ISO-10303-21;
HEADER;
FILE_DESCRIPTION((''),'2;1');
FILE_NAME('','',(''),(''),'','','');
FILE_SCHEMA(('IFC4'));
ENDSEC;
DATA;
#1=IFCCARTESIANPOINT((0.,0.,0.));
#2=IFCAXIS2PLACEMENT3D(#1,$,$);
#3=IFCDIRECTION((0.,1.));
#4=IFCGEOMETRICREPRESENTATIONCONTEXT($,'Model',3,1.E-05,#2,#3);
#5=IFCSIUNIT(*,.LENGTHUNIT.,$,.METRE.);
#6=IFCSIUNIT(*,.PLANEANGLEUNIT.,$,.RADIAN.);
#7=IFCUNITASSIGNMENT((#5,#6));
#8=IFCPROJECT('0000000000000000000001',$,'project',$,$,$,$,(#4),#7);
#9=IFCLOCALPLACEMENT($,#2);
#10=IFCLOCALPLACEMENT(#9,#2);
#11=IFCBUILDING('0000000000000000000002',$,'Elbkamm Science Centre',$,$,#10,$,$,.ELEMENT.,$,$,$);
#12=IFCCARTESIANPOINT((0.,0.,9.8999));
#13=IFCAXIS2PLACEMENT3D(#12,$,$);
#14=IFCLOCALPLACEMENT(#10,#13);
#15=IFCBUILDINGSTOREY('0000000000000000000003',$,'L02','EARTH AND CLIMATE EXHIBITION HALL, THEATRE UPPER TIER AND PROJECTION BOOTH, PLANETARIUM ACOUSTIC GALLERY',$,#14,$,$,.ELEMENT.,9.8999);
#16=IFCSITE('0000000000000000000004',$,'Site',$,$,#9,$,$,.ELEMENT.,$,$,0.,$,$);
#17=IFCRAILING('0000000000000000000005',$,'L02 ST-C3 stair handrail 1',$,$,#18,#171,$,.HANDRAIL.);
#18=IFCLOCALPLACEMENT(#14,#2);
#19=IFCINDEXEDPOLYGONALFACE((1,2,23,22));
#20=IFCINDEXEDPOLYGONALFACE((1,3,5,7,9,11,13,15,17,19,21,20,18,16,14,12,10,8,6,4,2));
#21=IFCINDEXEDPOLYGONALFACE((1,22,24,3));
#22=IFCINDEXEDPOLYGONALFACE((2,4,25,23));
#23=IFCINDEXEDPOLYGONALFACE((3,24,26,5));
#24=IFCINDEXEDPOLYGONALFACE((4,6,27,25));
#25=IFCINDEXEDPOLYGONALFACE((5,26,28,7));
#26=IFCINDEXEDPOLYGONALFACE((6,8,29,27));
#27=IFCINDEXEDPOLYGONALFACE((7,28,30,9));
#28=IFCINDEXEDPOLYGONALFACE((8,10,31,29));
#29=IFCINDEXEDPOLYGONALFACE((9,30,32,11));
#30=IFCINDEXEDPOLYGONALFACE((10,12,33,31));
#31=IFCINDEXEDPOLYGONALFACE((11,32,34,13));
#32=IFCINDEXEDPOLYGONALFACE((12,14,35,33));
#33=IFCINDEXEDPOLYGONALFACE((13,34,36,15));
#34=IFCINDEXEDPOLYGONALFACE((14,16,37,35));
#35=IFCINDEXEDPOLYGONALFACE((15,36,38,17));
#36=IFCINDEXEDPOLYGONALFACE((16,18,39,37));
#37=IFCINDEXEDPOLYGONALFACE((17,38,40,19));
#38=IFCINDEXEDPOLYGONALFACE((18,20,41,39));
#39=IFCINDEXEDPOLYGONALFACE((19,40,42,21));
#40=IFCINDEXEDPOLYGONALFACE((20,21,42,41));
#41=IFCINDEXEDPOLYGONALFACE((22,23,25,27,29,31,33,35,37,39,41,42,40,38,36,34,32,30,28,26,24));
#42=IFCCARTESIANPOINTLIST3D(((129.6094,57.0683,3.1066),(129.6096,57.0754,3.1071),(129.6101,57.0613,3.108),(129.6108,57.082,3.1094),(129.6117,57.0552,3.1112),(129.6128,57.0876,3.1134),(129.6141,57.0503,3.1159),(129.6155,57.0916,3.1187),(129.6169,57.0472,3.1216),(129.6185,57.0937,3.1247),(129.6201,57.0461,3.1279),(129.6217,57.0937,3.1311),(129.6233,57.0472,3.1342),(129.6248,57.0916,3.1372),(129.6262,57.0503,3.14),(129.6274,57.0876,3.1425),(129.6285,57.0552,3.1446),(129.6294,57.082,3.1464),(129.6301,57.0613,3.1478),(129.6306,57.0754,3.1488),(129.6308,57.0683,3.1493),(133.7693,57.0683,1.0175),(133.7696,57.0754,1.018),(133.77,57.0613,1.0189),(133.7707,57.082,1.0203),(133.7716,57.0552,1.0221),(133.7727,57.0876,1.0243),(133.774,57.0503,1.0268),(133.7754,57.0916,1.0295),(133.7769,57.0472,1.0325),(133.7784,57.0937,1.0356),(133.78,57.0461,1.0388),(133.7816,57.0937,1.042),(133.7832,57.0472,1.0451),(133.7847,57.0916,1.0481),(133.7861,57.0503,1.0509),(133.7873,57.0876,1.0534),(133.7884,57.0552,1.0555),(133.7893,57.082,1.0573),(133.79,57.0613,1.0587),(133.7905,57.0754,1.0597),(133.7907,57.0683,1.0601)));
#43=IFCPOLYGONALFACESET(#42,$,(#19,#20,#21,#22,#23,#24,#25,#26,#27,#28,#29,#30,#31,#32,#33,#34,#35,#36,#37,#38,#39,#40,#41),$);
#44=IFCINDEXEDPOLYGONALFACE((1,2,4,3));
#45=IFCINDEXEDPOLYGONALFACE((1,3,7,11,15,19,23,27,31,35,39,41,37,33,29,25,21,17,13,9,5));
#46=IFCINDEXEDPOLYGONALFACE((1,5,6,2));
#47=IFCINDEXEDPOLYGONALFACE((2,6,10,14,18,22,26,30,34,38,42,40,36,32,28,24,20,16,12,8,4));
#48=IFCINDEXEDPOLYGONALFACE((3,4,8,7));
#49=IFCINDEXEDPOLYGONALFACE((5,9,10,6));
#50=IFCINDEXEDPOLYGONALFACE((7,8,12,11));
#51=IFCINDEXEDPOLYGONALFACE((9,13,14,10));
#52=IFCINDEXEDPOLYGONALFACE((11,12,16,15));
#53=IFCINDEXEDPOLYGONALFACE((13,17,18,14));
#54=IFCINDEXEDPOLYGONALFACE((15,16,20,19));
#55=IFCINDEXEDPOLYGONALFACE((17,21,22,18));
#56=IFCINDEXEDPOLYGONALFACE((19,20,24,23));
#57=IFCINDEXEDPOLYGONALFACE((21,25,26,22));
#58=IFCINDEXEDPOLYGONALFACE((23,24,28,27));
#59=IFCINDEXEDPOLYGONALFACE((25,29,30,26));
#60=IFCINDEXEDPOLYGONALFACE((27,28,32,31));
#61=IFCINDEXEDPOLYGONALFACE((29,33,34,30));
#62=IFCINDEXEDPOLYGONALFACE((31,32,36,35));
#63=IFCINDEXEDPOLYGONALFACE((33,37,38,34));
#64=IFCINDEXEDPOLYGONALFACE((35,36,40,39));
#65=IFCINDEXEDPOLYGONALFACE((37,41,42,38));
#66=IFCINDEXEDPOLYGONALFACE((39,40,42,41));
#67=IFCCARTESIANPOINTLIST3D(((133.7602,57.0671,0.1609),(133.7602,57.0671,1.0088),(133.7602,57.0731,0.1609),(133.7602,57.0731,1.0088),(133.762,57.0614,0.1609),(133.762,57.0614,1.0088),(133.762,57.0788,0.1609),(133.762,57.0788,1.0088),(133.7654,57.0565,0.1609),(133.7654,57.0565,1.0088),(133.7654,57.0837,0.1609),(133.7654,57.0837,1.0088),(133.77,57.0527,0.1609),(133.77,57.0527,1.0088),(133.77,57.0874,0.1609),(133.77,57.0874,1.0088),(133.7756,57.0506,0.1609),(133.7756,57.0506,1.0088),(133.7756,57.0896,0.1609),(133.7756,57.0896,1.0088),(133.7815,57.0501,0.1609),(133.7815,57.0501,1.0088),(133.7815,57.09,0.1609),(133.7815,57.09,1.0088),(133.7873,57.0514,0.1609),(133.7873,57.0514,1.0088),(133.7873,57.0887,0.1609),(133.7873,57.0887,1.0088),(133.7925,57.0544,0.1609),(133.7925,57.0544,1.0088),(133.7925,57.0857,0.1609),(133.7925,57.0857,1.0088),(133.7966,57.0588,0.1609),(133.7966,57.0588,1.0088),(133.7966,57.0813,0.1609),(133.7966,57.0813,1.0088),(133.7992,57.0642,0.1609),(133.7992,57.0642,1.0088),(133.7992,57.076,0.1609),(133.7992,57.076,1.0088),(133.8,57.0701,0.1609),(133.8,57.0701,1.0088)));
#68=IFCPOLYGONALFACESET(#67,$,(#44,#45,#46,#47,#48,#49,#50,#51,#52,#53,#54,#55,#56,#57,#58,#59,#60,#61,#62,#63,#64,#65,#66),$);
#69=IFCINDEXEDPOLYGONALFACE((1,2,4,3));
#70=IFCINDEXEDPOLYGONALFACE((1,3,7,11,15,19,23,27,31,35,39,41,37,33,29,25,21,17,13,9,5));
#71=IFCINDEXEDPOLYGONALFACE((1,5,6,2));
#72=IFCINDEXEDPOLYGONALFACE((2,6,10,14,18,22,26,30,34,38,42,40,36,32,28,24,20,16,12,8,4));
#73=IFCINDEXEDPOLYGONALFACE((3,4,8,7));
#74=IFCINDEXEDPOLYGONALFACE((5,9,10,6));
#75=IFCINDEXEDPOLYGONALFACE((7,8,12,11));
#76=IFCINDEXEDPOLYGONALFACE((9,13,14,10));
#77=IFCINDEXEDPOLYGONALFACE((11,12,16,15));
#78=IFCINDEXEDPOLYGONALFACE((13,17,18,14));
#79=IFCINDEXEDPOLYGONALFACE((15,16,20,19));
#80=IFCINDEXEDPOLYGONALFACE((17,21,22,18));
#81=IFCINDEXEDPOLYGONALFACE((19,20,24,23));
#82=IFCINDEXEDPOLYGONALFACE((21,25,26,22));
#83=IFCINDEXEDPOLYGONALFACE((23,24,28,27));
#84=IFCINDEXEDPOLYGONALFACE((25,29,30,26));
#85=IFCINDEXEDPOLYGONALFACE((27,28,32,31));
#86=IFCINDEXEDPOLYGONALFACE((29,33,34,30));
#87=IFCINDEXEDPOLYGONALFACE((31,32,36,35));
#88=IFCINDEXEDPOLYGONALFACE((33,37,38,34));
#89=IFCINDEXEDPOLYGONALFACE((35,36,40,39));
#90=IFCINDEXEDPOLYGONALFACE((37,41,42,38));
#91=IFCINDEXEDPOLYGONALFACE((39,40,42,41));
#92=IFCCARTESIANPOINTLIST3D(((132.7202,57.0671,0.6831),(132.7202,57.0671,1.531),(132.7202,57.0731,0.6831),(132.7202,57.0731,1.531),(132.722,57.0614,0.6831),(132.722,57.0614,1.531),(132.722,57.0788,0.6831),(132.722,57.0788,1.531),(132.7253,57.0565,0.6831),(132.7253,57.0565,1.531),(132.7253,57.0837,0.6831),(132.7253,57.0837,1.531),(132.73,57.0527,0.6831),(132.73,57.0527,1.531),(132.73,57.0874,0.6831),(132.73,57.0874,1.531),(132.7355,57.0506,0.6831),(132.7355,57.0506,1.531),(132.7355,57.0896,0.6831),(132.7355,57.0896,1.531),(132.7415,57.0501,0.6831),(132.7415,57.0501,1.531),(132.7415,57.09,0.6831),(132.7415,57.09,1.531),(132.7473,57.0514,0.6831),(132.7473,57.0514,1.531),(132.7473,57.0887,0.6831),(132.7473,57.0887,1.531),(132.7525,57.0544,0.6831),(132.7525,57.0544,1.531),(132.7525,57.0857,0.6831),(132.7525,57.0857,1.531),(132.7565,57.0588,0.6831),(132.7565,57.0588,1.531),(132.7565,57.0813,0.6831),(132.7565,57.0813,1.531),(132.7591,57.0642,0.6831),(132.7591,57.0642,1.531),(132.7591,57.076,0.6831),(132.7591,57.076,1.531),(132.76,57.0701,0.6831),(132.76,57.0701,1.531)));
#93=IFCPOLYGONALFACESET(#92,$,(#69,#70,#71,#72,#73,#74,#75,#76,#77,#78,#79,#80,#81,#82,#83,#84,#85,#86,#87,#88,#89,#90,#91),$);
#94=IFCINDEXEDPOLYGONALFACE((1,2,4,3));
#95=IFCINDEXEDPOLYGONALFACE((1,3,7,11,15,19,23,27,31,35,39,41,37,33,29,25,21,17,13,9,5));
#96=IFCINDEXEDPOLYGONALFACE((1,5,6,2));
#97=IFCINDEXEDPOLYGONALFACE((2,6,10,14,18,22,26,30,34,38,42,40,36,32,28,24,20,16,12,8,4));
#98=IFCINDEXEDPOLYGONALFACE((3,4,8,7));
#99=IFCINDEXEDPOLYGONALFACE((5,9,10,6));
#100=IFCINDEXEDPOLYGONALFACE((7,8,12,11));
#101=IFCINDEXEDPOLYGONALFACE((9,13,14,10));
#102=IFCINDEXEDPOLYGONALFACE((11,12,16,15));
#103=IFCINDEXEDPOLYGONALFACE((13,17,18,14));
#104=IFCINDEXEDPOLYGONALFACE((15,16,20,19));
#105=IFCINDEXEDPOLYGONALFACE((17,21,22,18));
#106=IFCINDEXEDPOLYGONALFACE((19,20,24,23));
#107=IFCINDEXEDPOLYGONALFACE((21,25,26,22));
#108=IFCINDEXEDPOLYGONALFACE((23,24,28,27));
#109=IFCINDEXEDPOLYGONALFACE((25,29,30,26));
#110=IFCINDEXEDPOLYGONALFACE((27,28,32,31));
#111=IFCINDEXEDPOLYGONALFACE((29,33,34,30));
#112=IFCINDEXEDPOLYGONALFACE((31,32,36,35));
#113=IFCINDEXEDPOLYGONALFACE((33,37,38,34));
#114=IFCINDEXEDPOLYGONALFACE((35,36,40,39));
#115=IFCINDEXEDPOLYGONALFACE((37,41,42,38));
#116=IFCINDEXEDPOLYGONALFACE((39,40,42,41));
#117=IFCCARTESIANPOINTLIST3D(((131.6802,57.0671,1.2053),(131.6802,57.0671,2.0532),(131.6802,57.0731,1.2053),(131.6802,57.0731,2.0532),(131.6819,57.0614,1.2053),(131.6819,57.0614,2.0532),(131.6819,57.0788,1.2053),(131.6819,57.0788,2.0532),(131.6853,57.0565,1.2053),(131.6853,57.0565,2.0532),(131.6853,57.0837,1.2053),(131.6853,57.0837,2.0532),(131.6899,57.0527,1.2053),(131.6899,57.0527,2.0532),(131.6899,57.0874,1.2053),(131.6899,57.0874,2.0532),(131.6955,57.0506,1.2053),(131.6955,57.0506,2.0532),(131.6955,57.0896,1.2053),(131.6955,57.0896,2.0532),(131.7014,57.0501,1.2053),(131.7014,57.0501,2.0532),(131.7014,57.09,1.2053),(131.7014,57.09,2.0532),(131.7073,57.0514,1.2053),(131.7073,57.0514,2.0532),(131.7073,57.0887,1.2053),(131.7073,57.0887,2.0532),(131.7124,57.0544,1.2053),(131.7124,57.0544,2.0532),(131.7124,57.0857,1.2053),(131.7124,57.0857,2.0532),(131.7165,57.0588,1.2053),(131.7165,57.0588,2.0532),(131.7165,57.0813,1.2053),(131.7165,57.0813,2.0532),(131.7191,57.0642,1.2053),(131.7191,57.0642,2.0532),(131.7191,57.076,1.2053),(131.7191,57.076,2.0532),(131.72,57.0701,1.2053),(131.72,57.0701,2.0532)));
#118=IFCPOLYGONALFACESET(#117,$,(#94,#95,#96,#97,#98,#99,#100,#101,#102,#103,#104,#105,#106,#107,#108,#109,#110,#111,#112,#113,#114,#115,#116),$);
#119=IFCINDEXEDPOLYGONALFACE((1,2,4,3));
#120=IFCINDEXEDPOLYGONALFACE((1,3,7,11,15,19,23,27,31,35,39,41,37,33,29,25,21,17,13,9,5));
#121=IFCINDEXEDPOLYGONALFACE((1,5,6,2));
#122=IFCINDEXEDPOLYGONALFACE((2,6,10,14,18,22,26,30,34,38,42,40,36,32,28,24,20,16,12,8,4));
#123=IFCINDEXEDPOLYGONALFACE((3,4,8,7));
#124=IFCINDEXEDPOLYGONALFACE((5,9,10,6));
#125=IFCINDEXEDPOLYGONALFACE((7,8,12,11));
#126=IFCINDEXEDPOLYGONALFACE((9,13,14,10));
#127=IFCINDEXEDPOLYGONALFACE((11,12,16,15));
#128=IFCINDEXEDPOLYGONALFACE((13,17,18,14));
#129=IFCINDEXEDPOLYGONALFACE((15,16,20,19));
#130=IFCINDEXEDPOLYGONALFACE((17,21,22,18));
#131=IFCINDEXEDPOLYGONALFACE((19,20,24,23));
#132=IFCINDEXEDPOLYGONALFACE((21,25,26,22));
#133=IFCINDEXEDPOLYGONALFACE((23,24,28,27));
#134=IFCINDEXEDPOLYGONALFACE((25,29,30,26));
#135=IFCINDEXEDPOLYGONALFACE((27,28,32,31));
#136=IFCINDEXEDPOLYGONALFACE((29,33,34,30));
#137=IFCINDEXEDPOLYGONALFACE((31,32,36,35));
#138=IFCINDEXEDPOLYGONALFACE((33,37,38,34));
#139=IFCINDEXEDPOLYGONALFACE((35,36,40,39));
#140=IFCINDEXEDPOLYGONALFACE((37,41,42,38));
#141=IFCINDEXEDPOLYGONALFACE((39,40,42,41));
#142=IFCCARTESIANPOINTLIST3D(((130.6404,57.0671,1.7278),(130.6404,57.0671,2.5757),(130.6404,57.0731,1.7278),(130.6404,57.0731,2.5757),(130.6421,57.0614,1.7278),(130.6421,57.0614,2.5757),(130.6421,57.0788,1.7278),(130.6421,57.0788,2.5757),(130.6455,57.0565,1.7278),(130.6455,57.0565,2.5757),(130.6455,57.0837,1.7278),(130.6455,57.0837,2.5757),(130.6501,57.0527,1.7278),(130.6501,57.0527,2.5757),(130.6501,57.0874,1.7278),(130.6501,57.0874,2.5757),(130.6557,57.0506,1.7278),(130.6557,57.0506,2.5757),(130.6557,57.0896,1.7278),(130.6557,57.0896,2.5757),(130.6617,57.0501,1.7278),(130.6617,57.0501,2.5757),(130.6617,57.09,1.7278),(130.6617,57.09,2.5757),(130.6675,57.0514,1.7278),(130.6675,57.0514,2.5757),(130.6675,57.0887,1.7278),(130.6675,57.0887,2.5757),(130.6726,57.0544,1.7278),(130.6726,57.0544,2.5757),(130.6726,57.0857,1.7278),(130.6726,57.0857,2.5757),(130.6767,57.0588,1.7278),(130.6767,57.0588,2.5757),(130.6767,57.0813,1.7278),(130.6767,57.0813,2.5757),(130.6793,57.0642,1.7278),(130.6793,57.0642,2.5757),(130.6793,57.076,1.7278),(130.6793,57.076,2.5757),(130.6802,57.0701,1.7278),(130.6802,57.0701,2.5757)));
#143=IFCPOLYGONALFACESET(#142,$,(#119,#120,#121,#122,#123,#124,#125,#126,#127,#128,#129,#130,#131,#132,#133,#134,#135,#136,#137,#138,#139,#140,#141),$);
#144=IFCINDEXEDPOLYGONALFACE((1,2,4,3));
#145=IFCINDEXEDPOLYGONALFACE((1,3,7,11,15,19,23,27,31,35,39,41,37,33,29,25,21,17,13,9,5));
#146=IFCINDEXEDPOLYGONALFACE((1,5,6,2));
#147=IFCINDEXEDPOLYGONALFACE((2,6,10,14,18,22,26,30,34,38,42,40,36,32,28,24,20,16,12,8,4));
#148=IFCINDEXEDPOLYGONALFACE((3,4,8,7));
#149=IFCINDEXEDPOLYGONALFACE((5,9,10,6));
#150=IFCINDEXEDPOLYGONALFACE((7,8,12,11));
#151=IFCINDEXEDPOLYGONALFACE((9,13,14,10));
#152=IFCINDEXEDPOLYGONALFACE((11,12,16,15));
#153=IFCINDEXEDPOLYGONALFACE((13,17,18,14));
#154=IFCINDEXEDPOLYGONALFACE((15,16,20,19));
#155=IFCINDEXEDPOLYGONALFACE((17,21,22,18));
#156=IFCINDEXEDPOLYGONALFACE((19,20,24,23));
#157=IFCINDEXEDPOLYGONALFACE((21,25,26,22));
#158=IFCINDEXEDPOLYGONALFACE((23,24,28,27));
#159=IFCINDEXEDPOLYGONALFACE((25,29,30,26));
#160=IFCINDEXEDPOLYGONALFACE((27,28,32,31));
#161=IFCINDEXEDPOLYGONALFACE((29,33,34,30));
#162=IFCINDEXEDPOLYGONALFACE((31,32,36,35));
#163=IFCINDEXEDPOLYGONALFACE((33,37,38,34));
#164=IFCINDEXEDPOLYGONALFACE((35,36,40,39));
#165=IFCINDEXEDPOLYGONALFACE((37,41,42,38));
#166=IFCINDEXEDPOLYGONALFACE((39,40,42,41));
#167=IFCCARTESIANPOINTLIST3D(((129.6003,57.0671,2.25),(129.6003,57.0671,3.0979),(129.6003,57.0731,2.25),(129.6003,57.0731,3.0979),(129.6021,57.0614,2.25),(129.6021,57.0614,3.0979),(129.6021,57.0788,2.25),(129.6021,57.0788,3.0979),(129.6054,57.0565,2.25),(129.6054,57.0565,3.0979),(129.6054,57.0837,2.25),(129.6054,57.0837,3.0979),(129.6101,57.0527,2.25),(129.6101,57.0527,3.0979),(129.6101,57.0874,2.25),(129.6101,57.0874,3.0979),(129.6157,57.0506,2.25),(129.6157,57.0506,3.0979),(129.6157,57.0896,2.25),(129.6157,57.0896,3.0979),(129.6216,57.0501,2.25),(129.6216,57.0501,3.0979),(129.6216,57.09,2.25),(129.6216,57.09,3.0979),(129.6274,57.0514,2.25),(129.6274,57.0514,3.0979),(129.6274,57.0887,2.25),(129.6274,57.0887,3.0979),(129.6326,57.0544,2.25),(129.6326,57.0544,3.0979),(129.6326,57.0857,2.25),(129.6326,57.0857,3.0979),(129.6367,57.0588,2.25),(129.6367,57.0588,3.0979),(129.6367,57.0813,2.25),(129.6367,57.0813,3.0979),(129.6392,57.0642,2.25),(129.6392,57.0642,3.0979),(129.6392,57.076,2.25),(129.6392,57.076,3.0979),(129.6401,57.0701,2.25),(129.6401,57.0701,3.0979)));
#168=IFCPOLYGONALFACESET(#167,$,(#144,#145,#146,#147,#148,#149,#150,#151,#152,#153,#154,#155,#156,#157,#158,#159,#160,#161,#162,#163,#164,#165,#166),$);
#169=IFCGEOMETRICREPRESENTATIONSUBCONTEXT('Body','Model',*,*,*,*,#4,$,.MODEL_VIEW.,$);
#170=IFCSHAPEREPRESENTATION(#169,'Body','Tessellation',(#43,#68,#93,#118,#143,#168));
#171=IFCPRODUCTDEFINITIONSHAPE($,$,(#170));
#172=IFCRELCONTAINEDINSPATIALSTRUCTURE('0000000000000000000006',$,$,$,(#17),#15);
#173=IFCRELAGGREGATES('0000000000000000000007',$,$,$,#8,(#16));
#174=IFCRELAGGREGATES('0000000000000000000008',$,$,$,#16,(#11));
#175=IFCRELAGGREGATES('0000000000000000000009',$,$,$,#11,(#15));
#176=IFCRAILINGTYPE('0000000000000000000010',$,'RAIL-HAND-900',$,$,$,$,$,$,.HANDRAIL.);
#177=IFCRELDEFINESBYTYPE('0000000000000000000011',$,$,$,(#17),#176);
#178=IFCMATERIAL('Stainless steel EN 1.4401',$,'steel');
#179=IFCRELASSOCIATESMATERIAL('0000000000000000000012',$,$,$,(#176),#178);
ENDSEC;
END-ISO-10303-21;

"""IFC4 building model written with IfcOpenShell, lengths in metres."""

from ifc_helpers import new_model, si_unit, direction, frame, origin, origin_2d, place, context, subcontext, project, spatial, circle, extrude, material, type_object, element, save


model = new_model("IFC4")

# Units and contexts
model_context = context("Model", 3, precision=1e-05, world=origin(), true_north=direction((0.0, 1.0)))
body_context = subcontext(model_context, "Body", "Model", "MODEL_VIEW")
ifc_project = project(units=[si_unit("LENGTHUNIT", "METRE"), si_unit("PLANEANGLEUNIT", "RADIAN")], contexts=[model_context])

# Site, building, storey
site_placement = place(None, origin())
site = spatial("IfcSite", under=ifc_project, at=site_placement, Name="Site", CompositionType="ELEMENT", RefElevation=0.0)
building_placement = place(site_placement, origin())
building = spatial("IfcBuilding", under=site, at=building_placement, Name="Elbkamm Science Centre", CompositionType="ELEMENT")
storey_placement = place(building_placement, frame((0.0, 0.0, 9.8999)))
storey = spatial("IfcBuildingStorey", under=building, at=storey_placement, Name="L02", Description="EARTH AND CLIMATE EXHIBITION HALL, THEATRE UPPER TIER AND PROJECTION BOOTH, PLANETARIUM ACOUSTIC GALLERY", CompositionType="ELEMENT", Elevation=9.8999)

# Railing
ifc_material_1 = material(Name="Stainless steel EN 1.4401", Category="steel")
railing_type_1 = type_object("IfcRailingType", Name="RAIL-HAND-900", PredefinedType="HANDRAIL", material=ifc_material_1)
railing_1_placement = place(storey_placement, frame((133.78, 57.0701, 0.1609)))
element("IfcRailing", 1, at=railing_1_placement, inside=storey, type_object=railing_type_1, Name="L02 ST-C3 stair handrail 1", PredefinedType="HANDRAIL", context=body_context, shape_type="SweptSolid", body=[
    extrude(circle(Radius=0.0239, at=origin_2d()), frame((0.0, 0.0, 0.8779), z_axis=(-0.893639, 0.0, 0.448786), x_axis=(0.0, -1.0, 0.0)), (0.0, 0.0, 1.0), 4.655),
    extrude(circle(Radius=0.02, at=origin_2d()), origin(), (0.0, 0.0, 1.0), 0.8479),
    extrude(circle(Radius=0.02, at=origin_2d()), frame((-1.04, 0.0, 0.5222)), (0.0, 0.0, 1.0), 0.8479),
    extrude(circle(Radius=0.02, at=origin_2d()), frame((-2.0801, 0.0, 1.0444)), (0.0, 0.0, 1.0), 0.8479),
    extrude(circle(Radius=0.02, at=origin_2d()), frame((-3.1199, 0.0, 1.5669)), (0.0, 0.0, 1.0), 0.8479),
    extrude(circle(Radius=0.02, at=origin_2d()), frame((-4.1599, 0.0, 2.0891)), (0.0, 0.0, 1.0), 0.8479),
])

save(model, "model.ifc")
